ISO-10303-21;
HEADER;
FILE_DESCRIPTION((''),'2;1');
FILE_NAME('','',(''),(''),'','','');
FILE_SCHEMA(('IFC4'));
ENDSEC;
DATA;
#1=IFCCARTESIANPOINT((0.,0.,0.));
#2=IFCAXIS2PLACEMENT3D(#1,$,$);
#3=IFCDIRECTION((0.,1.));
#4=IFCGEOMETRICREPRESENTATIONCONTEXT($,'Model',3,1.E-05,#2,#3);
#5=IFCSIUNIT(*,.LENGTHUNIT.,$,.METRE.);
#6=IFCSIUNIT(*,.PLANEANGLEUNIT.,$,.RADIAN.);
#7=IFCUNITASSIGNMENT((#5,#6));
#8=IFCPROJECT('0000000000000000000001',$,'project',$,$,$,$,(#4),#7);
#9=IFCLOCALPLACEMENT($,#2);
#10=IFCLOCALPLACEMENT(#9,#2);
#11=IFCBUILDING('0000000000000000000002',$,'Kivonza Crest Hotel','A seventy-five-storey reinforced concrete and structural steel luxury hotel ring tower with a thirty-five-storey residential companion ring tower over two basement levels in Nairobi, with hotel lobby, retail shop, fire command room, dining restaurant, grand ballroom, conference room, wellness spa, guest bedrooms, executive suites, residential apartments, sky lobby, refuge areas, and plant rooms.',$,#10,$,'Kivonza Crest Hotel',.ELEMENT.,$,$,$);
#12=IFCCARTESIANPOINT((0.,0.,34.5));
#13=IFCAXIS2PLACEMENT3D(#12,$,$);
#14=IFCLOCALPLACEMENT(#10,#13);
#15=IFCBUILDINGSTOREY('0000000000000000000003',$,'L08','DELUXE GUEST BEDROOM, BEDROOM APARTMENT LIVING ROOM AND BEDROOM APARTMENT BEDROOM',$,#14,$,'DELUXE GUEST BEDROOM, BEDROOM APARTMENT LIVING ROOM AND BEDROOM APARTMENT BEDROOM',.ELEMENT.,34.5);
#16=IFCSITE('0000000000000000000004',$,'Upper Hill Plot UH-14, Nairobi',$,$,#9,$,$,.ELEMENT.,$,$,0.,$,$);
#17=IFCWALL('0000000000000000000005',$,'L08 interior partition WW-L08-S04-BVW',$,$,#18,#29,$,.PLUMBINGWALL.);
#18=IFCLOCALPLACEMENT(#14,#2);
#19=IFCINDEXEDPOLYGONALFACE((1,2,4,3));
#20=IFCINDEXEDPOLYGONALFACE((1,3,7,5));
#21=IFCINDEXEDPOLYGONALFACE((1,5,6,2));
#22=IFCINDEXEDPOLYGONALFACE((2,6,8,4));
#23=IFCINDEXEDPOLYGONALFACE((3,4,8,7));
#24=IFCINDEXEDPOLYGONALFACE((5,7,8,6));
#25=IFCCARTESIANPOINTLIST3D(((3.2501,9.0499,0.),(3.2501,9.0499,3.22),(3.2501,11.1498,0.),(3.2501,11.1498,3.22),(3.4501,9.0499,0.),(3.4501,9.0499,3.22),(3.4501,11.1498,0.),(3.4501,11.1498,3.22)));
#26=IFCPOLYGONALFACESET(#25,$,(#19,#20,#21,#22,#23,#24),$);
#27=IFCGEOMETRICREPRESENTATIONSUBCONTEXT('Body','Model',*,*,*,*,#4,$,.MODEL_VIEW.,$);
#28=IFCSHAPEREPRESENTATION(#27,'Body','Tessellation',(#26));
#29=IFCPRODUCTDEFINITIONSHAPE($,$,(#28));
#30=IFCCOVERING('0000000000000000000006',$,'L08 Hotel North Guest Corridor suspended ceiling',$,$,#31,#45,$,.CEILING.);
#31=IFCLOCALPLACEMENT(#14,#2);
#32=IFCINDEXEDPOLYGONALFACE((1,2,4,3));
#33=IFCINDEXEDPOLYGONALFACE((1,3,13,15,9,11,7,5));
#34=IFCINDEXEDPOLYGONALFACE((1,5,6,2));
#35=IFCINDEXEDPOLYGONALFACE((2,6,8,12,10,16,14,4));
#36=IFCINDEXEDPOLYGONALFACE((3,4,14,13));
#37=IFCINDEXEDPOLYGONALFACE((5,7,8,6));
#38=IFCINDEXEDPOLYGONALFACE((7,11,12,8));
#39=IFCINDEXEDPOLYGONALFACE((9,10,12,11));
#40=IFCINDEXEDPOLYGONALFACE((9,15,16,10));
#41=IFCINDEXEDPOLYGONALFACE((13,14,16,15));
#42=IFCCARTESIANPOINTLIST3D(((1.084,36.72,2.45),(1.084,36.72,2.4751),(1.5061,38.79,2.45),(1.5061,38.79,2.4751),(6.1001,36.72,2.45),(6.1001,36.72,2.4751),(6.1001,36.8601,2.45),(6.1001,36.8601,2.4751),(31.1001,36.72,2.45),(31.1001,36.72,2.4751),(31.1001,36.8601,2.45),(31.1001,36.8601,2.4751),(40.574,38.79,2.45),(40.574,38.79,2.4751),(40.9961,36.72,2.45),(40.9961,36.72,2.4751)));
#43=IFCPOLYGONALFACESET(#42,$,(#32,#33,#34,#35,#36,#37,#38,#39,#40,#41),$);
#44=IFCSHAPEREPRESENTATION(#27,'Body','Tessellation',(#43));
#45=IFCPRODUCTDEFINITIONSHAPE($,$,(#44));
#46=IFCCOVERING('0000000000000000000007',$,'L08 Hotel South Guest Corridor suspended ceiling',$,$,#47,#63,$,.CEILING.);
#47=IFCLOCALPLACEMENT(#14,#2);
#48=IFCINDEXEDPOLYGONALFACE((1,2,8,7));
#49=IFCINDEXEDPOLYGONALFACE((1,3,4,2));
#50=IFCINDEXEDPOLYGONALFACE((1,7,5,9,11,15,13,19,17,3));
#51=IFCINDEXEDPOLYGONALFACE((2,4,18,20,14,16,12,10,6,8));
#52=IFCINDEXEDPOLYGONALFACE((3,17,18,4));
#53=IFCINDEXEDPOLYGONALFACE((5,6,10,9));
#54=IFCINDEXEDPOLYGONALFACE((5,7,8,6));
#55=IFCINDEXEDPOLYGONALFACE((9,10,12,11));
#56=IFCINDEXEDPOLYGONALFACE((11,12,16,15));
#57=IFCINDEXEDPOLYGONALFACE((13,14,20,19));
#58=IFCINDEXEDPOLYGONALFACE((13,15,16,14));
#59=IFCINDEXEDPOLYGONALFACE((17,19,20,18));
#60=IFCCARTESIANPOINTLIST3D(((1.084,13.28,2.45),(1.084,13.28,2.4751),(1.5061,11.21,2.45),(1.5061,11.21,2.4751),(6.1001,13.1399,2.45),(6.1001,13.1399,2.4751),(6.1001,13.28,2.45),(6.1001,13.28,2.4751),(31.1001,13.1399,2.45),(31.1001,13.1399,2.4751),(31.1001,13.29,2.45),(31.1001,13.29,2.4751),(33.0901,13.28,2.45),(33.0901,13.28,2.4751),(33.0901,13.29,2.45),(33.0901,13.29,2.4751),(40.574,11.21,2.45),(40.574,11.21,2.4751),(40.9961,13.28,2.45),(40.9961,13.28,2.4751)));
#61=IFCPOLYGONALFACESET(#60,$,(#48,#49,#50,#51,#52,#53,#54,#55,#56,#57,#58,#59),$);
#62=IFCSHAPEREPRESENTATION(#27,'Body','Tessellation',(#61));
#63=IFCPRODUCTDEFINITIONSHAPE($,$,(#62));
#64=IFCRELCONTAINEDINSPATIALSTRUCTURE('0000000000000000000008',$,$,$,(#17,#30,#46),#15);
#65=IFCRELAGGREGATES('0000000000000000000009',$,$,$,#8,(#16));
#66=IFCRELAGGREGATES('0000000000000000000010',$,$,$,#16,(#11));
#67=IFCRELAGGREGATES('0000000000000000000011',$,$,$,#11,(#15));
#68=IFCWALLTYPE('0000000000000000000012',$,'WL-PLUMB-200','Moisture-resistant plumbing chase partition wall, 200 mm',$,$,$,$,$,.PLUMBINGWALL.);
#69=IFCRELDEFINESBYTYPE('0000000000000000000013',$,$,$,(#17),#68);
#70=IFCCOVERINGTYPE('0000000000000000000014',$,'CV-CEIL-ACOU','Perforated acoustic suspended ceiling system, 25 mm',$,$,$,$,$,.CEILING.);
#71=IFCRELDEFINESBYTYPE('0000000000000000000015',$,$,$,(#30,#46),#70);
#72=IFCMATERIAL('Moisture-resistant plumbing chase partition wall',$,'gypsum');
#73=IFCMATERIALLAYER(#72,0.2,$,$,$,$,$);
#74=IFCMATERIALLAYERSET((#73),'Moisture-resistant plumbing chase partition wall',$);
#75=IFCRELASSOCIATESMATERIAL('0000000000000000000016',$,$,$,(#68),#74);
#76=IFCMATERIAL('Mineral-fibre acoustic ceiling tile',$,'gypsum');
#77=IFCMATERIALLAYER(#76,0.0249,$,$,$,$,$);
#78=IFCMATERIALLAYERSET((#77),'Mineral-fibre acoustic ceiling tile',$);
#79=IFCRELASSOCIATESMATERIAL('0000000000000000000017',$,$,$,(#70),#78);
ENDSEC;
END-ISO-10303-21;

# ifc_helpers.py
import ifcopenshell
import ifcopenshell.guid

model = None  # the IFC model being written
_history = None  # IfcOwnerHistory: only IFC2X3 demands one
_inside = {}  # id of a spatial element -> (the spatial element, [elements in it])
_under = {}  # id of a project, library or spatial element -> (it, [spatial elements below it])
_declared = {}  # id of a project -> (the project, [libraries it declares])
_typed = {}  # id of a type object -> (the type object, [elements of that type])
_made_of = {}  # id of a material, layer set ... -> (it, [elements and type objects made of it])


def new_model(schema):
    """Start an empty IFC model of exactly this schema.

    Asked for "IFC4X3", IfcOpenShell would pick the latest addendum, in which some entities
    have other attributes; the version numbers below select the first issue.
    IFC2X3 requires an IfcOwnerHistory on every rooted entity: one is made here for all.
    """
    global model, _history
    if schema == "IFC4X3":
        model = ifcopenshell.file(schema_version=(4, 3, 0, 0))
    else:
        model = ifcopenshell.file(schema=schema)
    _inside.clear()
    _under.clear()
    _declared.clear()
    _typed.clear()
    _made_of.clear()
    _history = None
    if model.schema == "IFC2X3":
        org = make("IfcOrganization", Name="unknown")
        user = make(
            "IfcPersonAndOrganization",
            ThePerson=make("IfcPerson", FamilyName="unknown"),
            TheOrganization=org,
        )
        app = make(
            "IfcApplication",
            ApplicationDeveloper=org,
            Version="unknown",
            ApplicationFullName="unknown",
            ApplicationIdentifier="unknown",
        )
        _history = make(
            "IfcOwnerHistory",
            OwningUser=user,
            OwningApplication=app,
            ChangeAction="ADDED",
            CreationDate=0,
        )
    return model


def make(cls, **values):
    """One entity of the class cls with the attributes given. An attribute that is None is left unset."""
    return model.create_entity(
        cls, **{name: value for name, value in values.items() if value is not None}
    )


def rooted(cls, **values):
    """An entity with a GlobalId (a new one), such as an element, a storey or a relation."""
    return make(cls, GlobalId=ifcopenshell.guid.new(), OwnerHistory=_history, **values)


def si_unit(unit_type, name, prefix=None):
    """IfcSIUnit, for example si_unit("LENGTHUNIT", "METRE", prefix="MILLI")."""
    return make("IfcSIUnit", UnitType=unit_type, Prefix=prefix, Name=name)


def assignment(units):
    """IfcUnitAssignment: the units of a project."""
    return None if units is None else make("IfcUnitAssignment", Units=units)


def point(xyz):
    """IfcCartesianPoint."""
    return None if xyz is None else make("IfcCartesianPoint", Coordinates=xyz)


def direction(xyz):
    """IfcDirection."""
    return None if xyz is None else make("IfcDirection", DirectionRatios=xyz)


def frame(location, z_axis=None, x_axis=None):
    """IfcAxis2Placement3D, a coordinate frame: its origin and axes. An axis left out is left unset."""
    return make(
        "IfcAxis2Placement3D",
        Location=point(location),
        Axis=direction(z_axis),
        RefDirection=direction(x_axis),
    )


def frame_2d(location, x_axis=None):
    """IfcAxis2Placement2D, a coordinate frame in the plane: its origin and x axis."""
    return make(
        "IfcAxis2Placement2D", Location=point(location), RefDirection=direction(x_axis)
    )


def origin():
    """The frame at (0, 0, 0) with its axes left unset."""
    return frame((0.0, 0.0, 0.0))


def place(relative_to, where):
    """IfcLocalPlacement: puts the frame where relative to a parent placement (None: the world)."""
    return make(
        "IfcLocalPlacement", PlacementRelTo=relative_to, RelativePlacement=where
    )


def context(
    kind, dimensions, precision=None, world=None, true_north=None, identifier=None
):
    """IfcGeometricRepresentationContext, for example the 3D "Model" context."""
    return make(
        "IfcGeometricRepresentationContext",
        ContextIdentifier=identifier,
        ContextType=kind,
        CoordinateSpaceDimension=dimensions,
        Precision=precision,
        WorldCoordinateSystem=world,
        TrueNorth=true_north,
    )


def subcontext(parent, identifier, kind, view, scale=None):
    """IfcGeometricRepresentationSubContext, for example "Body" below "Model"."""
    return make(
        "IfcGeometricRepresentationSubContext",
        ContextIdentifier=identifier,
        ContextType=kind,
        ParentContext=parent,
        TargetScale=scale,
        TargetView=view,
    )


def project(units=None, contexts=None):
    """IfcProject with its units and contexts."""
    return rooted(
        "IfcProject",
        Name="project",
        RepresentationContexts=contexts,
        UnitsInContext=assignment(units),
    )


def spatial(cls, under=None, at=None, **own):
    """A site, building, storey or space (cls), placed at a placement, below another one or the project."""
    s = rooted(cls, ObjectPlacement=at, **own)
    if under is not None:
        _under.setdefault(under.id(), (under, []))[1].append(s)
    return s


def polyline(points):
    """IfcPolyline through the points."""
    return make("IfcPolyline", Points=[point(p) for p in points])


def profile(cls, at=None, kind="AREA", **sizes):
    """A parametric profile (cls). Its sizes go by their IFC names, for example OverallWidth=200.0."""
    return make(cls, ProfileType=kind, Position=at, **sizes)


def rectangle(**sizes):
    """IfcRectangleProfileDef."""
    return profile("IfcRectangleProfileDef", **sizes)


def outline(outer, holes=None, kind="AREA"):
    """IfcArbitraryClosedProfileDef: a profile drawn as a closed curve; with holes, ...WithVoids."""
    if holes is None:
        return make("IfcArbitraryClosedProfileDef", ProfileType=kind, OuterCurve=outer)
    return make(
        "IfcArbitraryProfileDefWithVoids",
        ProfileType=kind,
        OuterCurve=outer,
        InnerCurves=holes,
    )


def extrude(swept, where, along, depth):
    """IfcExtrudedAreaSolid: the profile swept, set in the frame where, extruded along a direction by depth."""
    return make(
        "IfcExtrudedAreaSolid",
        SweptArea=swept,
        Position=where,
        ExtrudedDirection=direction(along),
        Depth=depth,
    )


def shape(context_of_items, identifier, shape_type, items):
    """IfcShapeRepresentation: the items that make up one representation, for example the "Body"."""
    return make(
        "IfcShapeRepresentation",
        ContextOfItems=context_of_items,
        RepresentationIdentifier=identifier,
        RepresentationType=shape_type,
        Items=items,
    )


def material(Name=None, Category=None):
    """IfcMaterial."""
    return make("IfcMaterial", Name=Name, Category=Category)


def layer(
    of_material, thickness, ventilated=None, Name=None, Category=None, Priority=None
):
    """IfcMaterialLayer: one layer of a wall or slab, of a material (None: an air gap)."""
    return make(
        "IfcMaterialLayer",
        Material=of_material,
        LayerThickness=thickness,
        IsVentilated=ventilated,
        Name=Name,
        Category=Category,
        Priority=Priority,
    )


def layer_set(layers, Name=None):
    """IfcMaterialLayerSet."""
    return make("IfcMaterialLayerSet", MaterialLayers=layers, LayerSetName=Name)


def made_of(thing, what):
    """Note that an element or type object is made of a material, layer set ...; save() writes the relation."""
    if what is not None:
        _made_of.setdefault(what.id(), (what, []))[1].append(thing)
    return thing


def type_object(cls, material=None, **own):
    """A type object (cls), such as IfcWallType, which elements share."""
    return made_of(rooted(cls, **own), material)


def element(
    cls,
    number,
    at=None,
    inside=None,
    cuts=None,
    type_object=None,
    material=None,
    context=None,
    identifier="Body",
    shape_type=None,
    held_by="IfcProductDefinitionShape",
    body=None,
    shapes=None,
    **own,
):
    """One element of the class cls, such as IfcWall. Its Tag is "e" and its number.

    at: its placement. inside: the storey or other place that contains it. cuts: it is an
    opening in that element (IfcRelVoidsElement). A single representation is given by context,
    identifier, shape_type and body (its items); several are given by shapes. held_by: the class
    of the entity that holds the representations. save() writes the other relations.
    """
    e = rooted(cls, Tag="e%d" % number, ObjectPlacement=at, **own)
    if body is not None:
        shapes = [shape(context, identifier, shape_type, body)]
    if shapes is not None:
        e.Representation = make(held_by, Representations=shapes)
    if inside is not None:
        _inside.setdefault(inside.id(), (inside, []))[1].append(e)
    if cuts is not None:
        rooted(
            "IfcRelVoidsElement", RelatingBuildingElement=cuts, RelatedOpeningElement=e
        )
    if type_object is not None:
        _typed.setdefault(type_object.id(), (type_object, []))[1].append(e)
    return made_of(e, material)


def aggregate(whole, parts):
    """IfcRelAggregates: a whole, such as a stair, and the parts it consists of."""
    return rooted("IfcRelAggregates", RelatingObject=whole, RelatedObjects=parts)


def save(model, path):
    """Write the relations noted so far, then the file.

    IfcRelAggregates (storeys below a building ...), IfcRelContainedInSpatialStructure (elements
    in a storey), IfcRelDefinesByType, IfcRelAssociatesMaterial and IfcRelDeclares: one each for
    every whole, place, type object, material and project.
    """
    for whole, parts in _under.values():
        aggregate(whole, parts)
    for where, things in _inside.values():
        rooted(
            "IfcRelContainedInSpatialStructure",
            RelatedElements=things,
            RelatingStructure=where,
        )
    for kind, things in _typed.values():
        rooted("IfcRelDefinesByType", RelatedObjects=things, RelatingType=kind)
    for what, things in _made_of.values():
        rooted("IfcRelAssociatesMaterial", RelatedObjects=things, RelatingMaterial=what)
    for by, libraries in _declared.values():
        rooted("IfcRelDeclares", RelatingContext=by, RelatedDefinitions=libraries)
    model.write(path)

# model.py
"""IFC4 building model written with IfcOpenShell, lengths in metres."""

from ifc_helpers import new_model, si_unit, direction, frame, frame_2d, origin, place, context, subcontext, project, spatial, polyline, rectangle, outline, extrude, material, layer, layer_set, type_object, element, save


model = new_model("IFC4")

# Units and contexts
model_context = context("Model", 3, precision=1e-05, world=origin(), true_north=direction((0.0, 1.0)))
body_context = subcontext(model_context, "Body", "Model", "MODEL_VIEW")
ifc_project = project(units=[si_unit("LENGTHUNIT", "METRE"), si_unit("PLANEANGLEUNIT", "RADIAN")], contexts=[model_context])

# Site, building, storey
site_placement = place(None, origin())
site = spatial("IfcSite", under=ifc_project, at=site_placement, Name="Upper Hill Plot UH-14, Nairobi", CompositionType="ELEMENT", RefElevation=0.0)
building_placement = place(site_placement, origin())
building = spatial("IfcBuilding", under=site, at=building_placement, Name="Kivonza Crest Hotel", Description="A seventy-five-storey reinforced concrete and structural steel luxury hotel ring tower with a thirty-five-storey residential companion ring tower over two basement levels in Nairobi, with hotel lobby, retail shop, fire command room, dining restaurant, grand ballroom, conference room, wellness spa, guest bedrooms, executive suites, residential apartments, sky lobby, refuge areas, and plant rooms.", LongName="Kivonza Crest Hotel", CompositionType="ELEMENT")
storey_placement = place(building_placement, frame((0.0, 0.0, 34.5)))
storey = spatial("IfcBuildingStorey", under=building, at=storey_placement, Name="L08", Description="DELUXE GUEST BEDROOM, BEDROOM APARTMENT LIVING ROOM AND BEDROOM APARTMENT BEDROOM", LongName="DELUXE GUEST BEDROOM, BEDROOM APARTMENT LIVING ROOM AND BEDROOM APARTMENT BEDROOM", CompositionType="ELEMENT", Elevation=34.5)

# Wall
ifc_material_1 = material(Name="Moisture-resistant plumbing chase partition wall", Category="gypsum")
ifc_layer_1 = layer(ifc_material_1, 0.2)
ifc_layer_set_1 = layer_set([ifc_layer_1], Name="Moisture-resistant plumbing chase partition wall")
wall_type_1 = type_object("IfcWallType", Name="WL-PLUMB-200", Description="Moisture-resistant plumbing chase partition wall, 200 mm", PredefinedType="PLUMBINGWALL", material=ifc_layer_set_1)
wall_1_placement = place(storey_placement, frame((3.3501, 9.05, 0.0), z_axis=(0.0, 0.0, 1.0), x_axis=(0.0, 1.0, 0.0)))
element("IfcWall", 1, at=wall_1_placement, inside=storey, type_object=wall_type_1, Name="L08 interior partition WW-L08-S04-BVW", PredefinedType="PLUMBINGWALL", context=body_context, shape_type="SweptSolid", body=[
    extrude(rectangle(XDim=2.0999, YDim=0.2, at=frame_2d((1.0498, 0.0))), origin(), (0.0, 0.0, 1.0), 3.22),
])

# Coverings
ifc_material_2 = material(Name="Mineral-fibre acoustic ceiling tile", Category="gypsum")
ifc_layer_2 = layer(ifc_material_2, 0.0249)
ifc_layer_set_2 = layer_set([ifc_layer_2], Name="Mineral-fibre acoustic ceiling tile")
covering_type = type_object("IfcCoveringType", Name="CV-CEIL-ACOU", Description="Perforated acoustic suspended ceiling system, 25 mm", PredefinedType="CEILING", material=ifc_layer_set_2)
covering_1_placement = place(storey_placement, frame((0.0, 0.0, 2.45)))
element("IfcCovering", 2, at=covering_1_placement, inside=storey, type_object=covering_type, Name="L08 Hotel North Guest Corridor suspended ceiling", PredefinedType="CEILING", context=body_context, shape_type="SweptSolid", body=[
    extrude(outline(polyline([(1.5061, 38.79), (1.084, 36.72), (6.1001, 36.72), (6.1001, 36.8601), (31.1001, 36.8601), (31.1001, 36.72), (40.9961, 36.72), (40.574, 38.79), (1.5061, 38.79)])), origin(), (0.0, 0.0, 1.0), 0.0251),
])
covering_2_placement = place(storey_placement, frame((0.0, 0.0, 2.45)))
element("IfcCovering", 3, at=covering_2_placement, inside=storey, type_object=covering_type, Name="L08 Hotel South Guest Corridor suspended ceiling", PredefinedType="CEILING", context=body_context, shape_type="SweptSolid", body=[
    extrude(outline(polyline([(31.1001, 13.29), (31.1001, 13.1399), (6.1001, 13.1399), (6.1001, 13.28), (1.084, 13.28), (1.5061, 11.21), (40.574, 11.21), (40.9961, 13.28), (33.0901, 13.28), (33.0901, 13.29), (31.1001, 13.29)])), origin(), (0.0, 0.0, 1.0), 0.0251),
])

save(model, "model.ifc")
